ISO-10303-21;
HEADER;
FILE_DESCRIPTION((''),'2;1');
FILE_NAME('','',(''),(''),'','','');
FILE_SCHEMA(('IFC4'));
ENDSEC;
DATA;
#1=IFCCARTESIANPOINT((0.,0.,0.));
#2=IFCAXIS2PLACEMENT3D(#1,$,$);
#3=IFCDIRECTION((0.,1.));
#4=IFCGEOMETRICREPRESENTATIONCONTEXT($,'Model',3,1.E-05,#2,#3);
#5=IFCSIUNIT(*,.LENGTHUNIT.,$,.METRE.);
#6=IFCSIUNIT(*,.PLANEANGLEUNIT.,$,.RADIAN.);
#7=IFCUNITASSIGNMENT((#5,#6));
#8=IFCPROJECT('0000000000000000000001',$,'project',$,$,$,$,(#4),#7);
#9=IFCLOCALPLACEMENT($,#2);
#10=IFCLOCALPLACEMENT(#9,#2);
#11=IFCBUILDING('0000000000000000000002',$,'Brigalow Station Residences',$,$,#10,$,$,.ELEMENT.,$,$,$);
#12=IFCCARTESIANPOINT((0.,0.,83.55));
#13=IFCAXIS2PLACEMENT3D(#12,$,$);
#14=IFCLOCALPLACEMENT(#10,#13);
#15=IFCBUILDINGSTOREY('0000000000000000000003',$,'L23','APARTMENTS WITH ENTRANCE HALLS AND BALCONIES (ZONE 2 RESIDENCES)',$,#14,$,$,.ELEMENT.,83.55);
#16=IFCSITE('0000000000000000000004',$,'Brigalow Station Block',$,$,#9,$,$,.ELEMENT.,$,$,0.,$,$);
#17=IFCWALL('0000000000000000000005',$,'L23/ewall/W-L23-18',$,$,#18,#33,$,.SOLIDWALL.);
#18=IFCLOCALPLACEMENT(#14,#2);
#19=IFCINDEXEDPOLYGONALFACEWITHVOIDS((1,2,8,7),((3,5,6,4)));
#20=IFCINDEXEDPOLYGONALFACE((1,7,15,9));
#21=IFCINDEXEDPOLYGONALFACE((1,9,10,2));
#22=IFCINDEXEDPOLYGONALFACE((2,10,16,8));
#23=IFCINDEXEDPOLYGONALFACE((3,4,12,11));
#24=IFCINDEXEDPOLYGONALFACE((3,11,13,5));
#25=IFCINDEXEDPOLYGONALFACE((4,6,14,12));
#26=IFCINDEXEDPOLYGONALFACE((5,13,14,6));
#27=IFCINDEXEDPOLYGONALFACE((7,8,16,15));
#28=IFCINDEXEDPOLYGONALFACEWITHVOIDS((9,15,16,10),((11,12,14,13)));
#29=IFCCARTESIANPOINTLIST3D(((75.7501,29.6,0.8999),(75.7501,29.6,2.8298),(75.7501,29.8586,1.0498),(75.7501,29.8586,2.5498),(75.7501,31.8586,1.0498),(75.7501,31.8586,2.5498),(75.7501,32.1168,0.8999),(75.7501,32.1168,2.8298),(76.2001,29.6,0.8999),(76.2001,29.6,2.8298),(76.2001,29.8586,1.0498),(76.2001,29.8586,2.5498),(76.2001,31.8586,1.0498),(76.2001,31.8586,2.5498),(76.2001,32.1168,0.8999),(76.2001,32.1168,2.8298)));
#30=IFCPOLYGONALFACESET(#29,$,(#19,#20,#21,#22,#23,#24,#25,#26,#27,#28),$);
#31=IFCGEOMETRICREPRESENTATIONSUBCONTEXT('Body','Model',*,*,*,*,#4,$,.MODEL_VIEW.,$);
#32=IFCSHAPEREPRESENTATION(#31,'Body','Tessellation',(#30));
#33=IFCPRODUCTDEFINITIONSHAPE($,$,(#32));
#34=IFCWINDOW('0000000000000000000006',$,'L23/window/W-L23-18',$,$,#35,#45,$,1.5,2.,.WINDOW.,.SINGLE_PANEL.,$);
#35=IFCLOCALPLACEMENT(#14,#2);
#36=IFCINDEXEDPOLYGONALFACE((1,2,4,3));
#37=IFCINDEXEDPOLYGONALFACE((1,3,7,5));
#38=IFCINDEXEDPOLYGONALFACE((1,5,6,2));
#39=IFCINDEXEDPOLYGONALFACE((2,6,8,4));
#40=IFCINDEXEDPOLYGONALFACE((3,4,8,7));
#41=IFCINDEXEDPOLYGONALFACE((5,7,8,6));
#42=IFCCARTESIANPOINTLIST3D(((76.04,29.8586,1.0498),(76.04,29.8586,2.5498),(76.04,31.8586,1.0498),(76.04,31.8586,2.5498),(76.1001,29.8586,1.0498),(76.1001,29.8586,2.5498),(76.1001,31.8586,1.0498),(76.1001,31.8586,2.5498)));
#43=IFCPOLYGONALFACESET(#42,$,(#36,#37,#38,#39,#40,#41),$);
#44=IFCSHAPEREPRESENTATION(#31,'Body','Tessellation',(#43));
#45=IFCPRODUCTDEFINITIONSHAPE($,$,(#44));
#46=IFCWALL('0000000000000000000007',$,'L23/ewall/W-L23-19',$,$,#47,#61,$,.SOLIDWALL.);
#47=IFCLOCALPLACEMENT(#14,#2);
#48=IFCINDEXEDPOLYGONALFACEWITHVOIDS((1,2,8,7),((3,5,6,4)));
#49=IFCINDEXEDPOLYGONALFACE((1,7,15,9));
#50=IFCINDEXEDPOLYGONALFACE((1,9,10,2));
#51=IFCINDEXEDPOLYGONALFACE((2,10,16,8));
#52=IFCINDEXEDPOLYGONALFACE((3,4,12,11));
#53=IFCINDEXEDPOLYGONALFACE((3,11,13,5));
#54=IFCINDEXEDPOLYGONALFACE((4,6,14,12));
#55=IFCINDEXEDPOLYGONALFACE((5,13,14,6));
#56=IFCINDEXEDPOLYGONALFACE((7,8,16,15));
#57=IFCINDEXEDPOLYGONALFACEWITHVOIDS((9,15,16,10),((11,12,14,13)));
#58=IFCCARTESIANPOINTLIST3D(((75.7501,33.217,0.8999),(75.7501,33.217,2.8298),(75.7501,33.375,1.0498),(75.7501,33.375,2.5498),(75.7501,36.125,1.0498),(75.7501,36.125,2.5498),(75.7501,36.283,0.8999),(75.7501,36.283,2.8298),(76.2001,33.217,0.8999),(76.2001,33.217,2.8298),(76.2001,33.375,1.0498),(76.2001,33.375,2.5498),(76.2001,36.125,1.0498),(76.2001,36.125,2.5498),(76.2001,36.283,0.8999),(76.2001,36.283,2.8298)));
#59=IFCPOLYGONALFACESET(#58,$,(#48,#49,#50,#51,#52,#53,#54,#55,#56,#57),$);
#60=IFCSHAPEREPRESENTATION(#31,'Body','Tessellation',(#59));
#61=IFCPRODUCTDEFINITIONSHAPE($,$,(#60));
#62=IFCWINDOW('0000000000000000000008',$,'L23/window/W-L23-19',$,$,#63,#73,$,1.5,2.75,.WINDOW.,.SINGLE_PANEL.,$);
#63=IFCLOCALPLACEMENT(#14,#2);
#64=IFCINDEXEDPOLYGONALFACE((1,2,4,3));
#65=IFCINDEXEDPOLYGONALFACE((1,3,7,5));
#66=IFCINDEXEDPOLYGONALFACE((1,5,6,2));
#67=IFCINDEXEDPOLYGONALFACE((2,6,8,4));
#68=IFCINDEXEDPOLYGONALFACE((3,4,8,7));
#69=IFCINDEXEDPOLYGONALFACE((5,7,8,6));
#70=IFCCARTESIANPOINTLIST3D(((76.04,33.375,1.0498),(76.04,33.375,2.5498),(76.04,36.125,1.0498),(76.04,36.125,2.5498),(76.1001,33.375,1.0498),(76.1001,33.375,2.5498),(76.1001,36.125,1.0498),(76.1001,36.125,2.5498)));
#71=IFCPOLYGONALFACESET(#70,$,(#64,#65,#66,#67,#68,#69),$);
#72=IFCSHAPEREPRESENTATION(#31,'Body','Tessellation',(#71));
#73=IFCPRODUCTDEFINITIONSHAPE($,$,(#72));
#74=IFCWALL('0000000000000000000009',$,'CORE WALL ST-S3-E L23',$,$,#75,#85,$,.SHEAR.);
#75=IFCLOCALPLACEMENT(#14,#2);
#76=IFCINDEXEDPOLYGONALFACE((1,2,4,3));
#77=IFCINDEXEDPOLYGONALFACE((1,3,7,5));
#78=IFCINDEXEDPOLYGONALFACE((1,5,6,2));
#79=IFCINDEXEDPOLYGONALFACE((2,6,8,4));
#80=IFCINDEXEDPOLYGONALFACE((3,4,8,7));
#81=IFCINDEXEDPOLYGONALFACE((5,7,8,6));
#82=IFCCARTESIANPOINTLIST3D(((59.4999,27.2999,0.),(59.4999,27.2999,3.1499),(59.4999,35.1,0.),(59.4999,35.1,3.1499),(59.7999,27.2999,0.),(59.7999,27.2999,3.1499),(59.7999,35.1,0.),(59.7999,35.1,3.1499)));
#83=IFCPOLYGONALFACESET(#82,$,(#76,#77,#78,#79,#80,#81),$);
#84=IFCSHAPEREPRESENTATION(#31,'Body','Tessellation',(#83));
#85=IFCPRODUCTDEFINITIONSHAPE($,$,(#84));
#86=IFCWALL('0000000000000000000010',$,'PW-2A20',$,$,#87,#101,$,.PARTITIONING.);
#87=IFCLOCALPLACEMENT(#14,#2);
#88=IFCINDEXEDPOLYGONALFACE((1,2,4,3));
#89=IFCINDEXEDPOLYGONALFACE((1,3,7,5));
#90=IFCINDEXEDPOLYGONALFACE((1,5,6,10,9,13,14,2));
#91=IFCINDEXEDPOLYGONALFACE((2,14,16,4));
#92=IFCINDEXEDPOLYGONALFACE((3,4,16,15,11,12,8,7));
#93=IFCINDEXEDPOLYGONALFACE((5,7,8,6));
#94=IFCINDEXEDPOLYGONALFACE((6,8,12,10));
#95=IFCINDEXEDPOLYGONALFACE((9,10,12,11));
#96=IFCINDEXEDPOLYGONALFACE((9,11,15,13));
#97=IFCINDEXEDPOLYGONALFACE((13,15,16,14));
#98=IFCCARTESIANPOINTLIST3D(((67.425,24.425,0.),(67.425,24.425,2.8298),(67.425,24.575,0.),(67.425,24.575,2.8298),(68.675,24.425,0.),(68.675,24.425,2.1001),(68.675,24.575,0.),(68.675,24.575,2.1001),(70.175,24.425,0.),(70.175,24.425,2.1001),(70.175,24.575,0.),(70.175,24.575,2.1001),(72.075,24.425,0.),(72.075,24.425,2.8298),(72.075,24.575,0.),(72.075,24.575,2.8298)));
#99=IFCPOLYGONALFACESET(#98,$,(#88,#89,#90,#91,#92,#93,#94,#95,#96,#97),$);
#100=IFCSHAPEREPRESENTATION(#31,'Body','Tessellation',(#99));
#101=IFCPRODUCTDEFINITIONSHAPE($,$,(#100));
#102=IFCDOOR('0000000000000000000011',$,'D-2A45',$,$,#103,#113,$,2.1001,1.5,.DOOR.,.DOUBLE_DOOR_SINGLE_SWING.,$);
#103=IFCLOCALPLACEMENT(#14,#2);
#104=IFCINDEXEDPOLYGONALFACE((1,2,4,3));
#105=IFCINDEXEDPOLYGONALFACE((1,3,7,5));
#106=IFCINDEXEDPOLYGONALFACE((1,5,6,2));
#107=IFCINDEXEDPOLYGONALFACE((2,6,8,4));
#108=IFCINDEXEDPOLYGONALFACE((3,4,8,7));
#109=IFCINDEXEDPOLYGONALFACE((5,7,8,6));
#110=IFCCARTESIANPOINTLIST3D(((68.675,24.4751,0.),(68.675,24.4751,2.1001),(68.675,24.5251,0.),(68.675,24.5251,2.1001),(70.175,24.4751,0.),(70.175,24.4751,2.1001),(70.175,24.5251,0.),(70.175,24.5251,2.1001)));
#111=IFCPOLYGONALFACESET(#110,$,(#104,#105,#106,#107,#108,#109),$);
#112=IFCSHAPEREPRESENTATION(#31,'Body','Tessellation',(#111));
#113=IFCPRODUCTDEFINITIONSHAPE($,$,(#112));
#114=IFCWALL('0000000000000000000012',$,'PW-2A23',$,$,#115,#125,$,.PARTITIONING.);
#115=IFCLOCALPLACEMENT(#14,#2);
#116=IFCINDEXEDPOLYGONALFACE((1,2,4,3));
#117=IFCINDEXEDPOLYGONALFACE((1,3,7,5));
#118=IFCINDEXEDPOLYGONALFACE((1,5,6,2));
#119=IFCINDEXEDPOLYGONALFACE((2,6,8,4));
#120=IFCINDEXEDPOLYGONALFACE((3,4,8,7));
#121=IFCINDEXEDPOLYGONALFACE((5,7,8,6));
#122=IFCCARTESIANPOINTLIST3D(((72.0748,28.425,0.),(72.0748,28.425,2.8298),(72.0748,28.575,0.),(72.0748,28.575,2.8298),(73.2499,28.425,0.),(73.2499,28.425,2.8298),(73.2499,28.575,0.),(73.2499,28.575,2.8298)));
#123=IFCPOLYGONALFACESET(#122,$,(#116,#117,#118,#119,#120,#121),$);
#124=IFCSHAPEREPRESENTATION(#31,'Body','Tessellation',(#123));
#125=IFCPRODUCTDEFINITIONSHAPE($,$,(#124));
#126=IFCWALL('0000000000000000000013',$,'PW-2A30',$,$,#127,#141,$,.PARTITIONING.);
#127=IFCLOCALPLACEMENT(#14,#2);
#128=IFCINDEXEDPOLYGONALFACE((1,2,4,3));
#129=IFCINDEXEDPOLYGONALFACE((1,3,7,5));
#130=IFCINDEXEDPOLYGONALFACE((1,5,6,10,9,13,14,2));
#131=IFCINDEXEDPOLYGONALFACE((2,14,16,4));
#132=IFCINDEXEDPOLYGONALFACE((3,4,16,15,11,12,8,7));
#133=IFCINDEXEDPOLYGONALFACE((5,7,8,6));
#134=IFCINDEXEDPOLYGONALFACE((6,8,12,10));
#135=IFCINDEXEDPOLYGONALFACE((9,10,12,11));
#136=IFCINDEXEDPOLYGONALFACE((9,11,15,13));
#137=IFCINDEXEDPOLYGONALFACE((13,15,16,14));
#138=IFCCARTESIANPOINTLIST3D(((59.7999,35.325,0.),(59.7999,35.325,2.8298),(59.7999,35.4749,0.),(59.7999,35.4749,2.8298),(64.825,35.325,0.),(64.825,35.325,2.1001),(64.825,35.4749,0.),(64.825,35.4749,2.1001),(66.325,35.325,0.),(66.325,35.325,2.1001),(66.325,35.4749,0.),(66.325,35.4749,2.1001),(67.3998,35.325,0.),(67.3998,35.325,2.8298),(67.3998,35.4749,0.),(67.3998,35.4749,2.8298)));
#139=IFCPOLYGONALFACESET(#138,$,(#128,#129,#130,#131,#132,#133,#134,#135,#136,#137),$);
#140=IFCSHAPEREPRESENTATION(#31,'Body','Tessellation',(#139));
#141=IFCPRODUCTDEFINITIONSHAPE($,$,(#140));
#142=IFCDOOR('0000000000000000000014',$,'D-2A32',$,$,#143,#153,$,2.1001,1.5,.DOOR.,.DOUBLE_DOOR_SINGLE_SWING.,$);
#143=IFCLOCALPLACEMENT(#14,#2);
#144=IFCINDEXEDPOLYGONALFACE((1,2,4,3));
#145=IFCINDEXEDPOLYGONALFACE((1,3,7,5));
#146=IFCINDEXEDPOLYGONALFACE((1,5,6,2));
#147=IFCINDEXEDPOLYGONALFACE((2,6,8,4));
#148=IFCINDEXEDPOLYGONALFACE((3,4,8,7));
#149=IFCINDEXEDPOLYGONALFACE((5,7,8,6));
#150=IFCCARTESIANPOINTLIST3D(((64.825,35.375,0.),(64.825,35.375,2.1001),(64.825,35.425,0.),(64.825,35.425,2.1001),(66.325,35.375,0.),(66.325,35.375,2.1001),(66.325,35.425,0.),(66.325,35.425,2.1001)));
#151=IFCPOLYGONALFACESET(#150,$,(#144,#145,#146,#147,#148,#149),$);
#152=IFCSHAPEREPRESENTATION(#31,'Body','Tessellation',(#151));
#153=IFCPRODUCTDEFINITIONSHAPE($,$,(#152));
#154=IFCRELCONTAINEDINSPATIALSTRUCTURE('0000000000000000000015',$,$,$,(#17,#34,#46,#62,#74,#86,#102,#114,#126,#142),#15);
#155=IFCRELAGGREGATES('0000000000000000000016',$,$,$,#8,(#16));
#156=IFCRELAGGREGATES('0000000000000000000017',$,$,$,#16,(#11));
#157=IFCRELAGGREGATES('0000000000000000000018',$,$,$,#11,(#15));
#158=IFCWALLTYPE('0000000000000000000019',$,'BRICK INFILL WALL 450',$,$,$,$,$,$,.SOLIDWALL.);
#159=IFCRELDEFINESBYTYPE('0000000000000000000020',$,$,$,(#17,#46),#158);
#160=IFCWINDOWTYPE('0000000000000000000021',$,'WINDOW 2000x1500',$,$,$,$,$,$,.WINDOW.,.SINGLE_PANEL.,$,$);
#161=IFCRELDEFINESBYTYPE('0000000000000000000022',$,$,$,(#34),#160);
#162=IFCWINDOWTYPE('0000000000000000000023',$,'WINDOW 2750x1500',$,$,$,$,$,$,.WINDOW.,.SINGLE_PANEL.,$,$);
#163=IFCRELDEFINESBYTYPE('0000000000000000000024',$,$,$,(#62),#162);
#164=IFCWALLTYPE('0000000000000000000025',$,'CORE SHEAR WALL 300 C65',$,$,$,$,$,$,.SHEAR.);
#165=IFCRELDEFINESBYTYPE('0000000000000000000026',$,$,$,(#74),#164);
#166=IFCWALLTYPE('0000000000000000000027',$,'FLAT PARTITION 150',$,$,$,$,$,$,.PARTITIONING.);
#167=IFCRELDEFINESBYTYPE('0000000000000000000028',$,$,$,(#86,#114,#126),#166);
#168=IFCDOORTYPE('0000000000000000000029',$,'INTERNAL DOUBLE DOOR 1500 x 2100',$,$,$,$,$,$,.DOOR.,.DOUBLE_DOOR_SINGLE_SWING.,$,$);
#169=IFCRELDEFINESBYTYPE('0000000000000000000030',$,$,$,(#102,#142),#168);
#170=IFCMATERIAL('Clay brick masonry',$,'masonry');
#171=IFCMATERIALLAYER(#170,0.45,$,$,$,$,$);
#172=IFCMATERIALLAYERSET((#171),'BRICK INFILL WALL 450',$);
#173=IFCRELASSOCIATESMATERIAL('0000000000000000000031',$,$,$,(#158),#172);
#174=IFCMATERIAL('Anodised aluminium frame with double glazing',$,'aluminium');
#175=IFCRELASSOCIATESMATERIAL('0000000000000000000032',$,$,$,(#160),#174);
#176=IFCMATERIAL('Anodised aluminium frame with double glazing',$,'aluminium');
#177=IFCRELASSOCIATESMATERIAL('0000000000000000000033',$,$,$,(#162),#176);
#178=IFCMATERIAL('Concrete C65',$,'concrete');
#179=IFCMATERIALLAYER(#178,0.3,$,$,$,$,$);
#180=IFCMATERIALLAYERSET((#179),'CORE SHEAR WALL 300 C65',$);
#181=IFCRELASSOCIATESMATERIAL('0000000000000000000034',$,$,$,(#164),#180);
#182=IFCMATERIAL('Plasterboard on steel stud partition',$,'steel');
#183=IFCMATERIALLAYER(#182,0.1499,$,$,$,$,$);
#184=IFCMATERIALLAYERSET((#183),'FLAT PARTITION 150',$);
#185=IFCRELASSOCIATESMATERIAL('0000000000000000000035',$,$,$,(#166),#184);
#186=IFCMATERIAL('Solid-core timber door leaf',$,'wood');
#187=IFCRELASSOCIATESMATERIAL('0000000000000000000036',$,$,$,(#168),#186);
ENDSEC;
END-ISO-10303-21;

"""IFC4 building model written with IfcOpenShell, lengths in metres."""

from ifc_helpers import new_model, si_unit, direction, frame, frame_2d, origin, place, context, subcontext, project, spatial, rectangle, extrude, material, layer, layer_set, type_object, element, fill, save


model = new_model("IFC4")

# Units and contexts
model_context = context("Model", 3, precision=1e-05, world=origin(), true_north=direction((0.0, 1.0)))
body_context = subcontext(model_context, "Body", "Model", "MODEL_VIEW")
ifc_project = project(units=[si_unit("LENGTHUNIT", "METRE"), si_unit("PLANEANGLEUNIT", "RADIAN")], contexts=[model_context])

# Site, building, storey
site_placement = place(None, origin())
site = spatial("IfcSite", under=ifc_project, at=site_placement, Name="Brigalow Station Block", CompositionType="ELEMENT", RefElevation=0.0)
building_placement = place(site_placement, origin())
building = spatial("IfcBuilding", under=site, at=building_placement, Name="Brigalow Station Residences", CompositionType="ELEMENT")
storey_placement = place(building_placement, frame((0.0, 0.0, 83.55)))
storey = spatial("IfcBuildingStorey", under=building, at=storey_placement, Name="L23", Description="APARTMENTS WITH ENTRANCE HALLS AND BALCONIES (ZONE 2 RESIDENCES)", CompositionType="ELEMENT", Elevation=83.55)

# Shared definitions
ifc_material_1 = material(Name="Clay brick masonry", Category="masonry")
ifc_layer_1 = layer(ifc_material_1, 0.45)
ifc_layer_set_1 = layer_set([ifc_layer_1], Name="BRICK INFILL WALL 450")
wall_type_1 = type_object("IfcWallType", Name="BRICK INFILL WALL 450", PredefinedType="SOLIDWALL", material=ifc_layer_set_1)

# Walls, openings, windows
wall_1_placement = place(storey_placement, frame((75.9751, 29.6001, 0.8999), z_axis=(0.0, 0.0, 1.0), x_axis=(0.0, 1.0, 0.0)))
wall_1 = element("IfcWall", 1, at=wall_1_placement, inside=storey, type_object=wall_type_1, Name="L23/ewall/W-L23-18", PredefinedType="SOLIDWALL", context=body_context, shape_type="SweptSolid", body=[
    extrude(rectangle(XDim=2.5168, YDim=0.45, at=frame_2d((1.2583, 0.0))), origin(), (0.0, 0.0, 1.0), 1.9299),
])
opening_1_placement = place(wall_1_placement, frame((0.2585, 0.0, 0.1499)))
opening_1 = element("IfcOpeningElement", 2, at=opening_1_placement, cuts=wall_1, PredefinedType="OPENING", context=body_context, shape_type="SweptSolid", body=[
    extrude(rectangle(XDim=2.0, YDim=1.5, at=frame_2d((1.0, 0.75))), frame((0.0, 0.2349, 0.0), z_axis=(0.0, -1.0, 0.0), x_axis=(1.0, 0.0, 0.0)), (0.0, 0.0, 1.0), 0.47),
])
ifc_material_2 = material(Name="Anodised aluminium frame with double glazing", Category="aluminium")
window_type_1 = type_object("IfcWindowType", Name="WINDOW 2000x1500", PartitioningType="SINGLE_PANEL", PredefinedType="WINDOW", material=ifc_material_2)
window_1_placement = place(opening_1_placement, origin())
window_1 = element("IfcWindow", 3, at=window_1_placement, inside=storey, type_object=window_type_1, Name="L23/window/W-L23-18", OverallHeight=1.5, OverallWidth=2.0, PartitioningType="SINGLE_PANEL", PredefinedType="WINDOW", context=body_context, shape_type="SweptSolid", body=[
    extrude(rectangle(XDim=2.0, YDim=1.5, at=frame_2d((1.0, 0.75))), frame((0.0, -0.0649, 0.0), z_axis=(0.0, -1.0, 0.0), x_axis=(1.0, 0.0, 0.0)), (0.0, 0.0, 1.0), 0.0601),
])
fill(opening_1, window_1)
wall_2_placement = place(storey_placement, frame((75.9751, 33.217, 0.8999), z_axis=(0.0, 0.0, 1.0), x_axis=(0.0, 1.0, 0.0)))
wall_2 = element("IfcWall", 4, at=wall_2_placement, inside=storey, type_object=wall_type_1, Name="L23/ewall/W-L23-19", PredefinedType="SOLIDWALL", context=body_context, shape_type="SweptSolid", body=[
    extrude(rectangle(XDim=3.0659, YDim=0.45, at=frame_2d((1.533, 0.0))), origin(), (0.0, 0.0, 1.0), 1.9299),
])
opening_2_placement = place(wall_2_placement, frame((0.158, 0.0, 0.1499)))
opening_2 = element("IfcOpeningElement", 5, at=opening_2_placement, cuts=wall_2, PredefinedType="OPENING", context=body_context, shape_type="SweptSolid", body=[
    extrude(rectangle(XDim=2.75, YDim=1.5, at=frame_2d((1.375, 0.75))), frame((0.0, 0.2349, 0.0), z_axis=(0.0, -1.0, 0.0), x_axis=(1.0, 0.0, 0.0)), (0.0, 0.0, 1.0), 0.47),
])
ifc_material_3 = material(Name="Anodised aluminium frame with double glazing", Category="aluminium")
window_type_2 = type_object("IfcWindowType", Name="WINDOW 2750x1500", PartitioningType="SINGLE_PANEL", PredefinedType="WINDOW", material=ifc_material_3)
window_2_placement = place(opening_2_placement, origin())
window_2 = element("IfcWindow", 6, at=window_2_placement, inside=storey, type_object=window_type_2, Name="L23/window/W-L23-19", OverallHeight=1.5, OverallWidth=2.75, PartitioningType="SINGLE_PANEL", PredefinedType="WINDOW", context=body_context, shape_type="SweptSolid", body=[
    extrude(rectangle(XDim=2.75, YDim=1.5, at=frame_2d((1.375, 0.75))), frame((0.0, -0.0649, 0.0), z_axis=(0.0, -1.0, 0.0), x_axis=(1.0, 0.0, 0.0)), (0.0, 0.0, 1.0), 0.0601),
])
fill(opening_2, window_2)

# Wall
ifc_material_4 = material(Name="Concrete C65", Category="concrete")
ifc_layer_2 = layer(ifc_material_4, 0.3)
ifc_layer_set_2 = layer_set([ifc_layer_2], Name="CORE SHEAR WALL 300 C65")
wall_type_2 = type_object("IfcWallType", Name="CORE SHEAR WALL 300 C65", PredefinedType="SHEAR", material=ifc_layer_set_2)
wall_3_placement = place(storey_placement, frame((59.6499, 27.3, 0.0), z_axis=(0.0, 0.0, 1.0), x_axis=(0.0, 1.0, 0.0)))
element("IfcWall", 7, at=wall_3_placement, inside=storey, type_object=wall_type_2, Name="CORE WALL ST-S3-E L23", PredefinedType="SHEAR", context=body_context, shape_type="SweptSolid", body=[
    extrude(rectangle(XDim=7.8, YDim=0.3, at=frame_2d((3.8999, 0.0))), origin(), (0.0, 0.0, 1.0), 3.1499),
])

# Wall, opening, door
ifc_material_5 = material(Name="Plasterboard on steel stud partition", Category="steel")
ifc_layer_3 = layer(ifc_material_5, 0.1499)
ifc_layer_set_3 = layer_set([ifc_layer_3], Name="FLAT PARTITION 150")
wall_type_3 = type_object("IfcWallType", Name="FLAT PARTITION 150", PredefinedType="PARTITIONING", material=ifc_layer_set_3)
wall_4_placement = place(storey_placement, frame((67.425, 24.5, 0.0), z_axis=(0.0, 0.0, 1.0), x_axis=(1.0, 0.0, 0.0)))
wall_4 = element("IfcWall", 8, at=wall_4_placement, inside=storey, type_object=wall_type_3, Name="PW-2A20", PredefinedType="PARTITIONING", context=body_context, shape_type="SweptSolid", body=[
    extrude(rectangle(XDim=4.6499, YDim=0.1499, at=frame_2d((2.325, 0.0))), origin(), (0.0, 0.0, 1.0), 2.8298),
])
opening_3_placement = place(wall_4_placement, frame((1.25, 0.0, 0.0)))
opening_3 = element("IfcOpeningElement", 9, at=opening_3_placement, cuts=wall_4, PredefinedType="OPENING", context=body_context, shape_type="SweptSolid", body=[
    extrude(rectangle(XDim=1.5, YDim=2.1001, at=frame_2d((0.75, 1.05))), frame((0.0, 0.085, 0.0), z_axis=(0.0, -1.0, 0.0), x_axis=(1.0, 0.0, 0.0)), (0.0, 0.0, 1.0), 0.1699),
])
ifc_material_6 = material(Name="Solid-core timber door leaf", Category="wood")
door_type_1 = type_object("IfcDoorType", Name="INTERNAL DOUBLE DOOR 1500 x 2100", OperationType="DOUBLE_DOOR_SINGLE_SWING", PredefinedType="DOOR", material=ifc_material_6)
door_1_placement = place(opening_3_placement, frame((1.5, 0.0, 0.0), z_axis=(0.0, 0.0, 1.0), x_axis=(-1.0, 0.0, 0.0)))
door_1 = element("IfcDoor", 10, at=door_1_placement, inside=storey, type_object=door_type_1, Name="D-2A45", OperationType="DOUBLE_DOOR_SINGLE_SWING", OverallHeight=2.1001, OverallWidth=1.5, PredefinedType="DOOR", context=body_context, shape_type="SweptSolid", body=[
    extrude(rectangle(XDim=1.5, YDim=2.1001, at=frame_2d((0.75, 1.05))), frame((0.0, 0.0249, 0.0), z_axis=(0.0, -1.0, 0.0), x_axis=(1.0, 0.0, 0.0)), (0.0, 0.0, 1.0), 0.05),
])
fill(opening_3, door_1)

# Wall
wall_5_placement = place(storey_placement, frame((72.075, 28.5, 0.0), z_axis=(0.0, 0.0, 1.0), x_axis=(1.0, 0.0, 0.0)))
element("IfcWall", 11, at=wall_5_placement, inside=storey, type_object=wall_type_3, Name="PW-2A23", PredefinedType="PARTITIONING", context=body_context, shape_type="SweptSolid", body=[
    extrude(rectangle(XDim=1.175, YDim=0.1499, at=frame_2d((0.5874, 0.0))), origin(), (0.0, 0.0, 1.0), 2.8298),
])

# Wall, opening, door
wall_6_placement = place(storey_placement, frame((59.8, 35.3999, 0.0), z_axis=(0.0, 0.0, 1.0), x_axis=(1.0, 0.0, 0.0)))
wall_6 = element("IfcWall", 12, at=wall_6_placement, inside=storey, type_object=wall_type_3, Name="PW-2A30", PredefinedType="PARTITIONING", context=body_context, shape_type="SweptSolid", body=[
    extrude(rectangle(XDim=7.5999, YDim=0.1499, at=frame_2d((3.7998, 0.0))), origin(), (0.0, 0.0, 1.0), 2.8298),
])
opening_4_placement = place(wall_6_placement, frame((5.0249, 0.0, 0.0)))
opening_4 = element("IfcOpeningElement", 13, at=opening_4_placement, cuts=wall_6, PredefinedType="OPENING", context=body_context, shape_type="SweptSolid", body=[
    extrude(rectangle(XDim=1.5, YDim=2.1001, at=frame_2d((0.75, 1.05))), frame((0.0, 0.085, 0.0), z_axis=(0.0, -1.0, 0.0), x_axis=(1.0, 0.0, 0.0)), (0.0, 0.0, 1.0), 0.1699),
])
door_2_placement = place(opening_4_placement, frame((1.5, 0.0, 0.0), z_axis=(0.0, 0.0, 1.0), x_axis=(-1.0, 0.0, 0.0)))
door_2 = element("IfcDoor", 14, at=door_2_placement, inside=storey, type_object=door_type_1, Name="D-2A32", OperationType="DOUBLE_DOOR_SINGLE_SWING", OverallHeight=2.1001, OverallWidth=1.5, PredefinedType="DOOR", context=body_context, shape_type="SweptSolid", body=[
    extrude(rectangle(XDim=1.5, YDim=2.1001, at=frame_2d((0.75, 1.05))), frame((0.0, 0.0249, 0.0), z_axis=(0.0, -1.0, 0.0), x_axis=(1.0, 0.0, 0.0)), (0.0, 0.0, 1.0), 0.05),
])
fill(opening_4, door_2)

save(model, "model.ifc")
